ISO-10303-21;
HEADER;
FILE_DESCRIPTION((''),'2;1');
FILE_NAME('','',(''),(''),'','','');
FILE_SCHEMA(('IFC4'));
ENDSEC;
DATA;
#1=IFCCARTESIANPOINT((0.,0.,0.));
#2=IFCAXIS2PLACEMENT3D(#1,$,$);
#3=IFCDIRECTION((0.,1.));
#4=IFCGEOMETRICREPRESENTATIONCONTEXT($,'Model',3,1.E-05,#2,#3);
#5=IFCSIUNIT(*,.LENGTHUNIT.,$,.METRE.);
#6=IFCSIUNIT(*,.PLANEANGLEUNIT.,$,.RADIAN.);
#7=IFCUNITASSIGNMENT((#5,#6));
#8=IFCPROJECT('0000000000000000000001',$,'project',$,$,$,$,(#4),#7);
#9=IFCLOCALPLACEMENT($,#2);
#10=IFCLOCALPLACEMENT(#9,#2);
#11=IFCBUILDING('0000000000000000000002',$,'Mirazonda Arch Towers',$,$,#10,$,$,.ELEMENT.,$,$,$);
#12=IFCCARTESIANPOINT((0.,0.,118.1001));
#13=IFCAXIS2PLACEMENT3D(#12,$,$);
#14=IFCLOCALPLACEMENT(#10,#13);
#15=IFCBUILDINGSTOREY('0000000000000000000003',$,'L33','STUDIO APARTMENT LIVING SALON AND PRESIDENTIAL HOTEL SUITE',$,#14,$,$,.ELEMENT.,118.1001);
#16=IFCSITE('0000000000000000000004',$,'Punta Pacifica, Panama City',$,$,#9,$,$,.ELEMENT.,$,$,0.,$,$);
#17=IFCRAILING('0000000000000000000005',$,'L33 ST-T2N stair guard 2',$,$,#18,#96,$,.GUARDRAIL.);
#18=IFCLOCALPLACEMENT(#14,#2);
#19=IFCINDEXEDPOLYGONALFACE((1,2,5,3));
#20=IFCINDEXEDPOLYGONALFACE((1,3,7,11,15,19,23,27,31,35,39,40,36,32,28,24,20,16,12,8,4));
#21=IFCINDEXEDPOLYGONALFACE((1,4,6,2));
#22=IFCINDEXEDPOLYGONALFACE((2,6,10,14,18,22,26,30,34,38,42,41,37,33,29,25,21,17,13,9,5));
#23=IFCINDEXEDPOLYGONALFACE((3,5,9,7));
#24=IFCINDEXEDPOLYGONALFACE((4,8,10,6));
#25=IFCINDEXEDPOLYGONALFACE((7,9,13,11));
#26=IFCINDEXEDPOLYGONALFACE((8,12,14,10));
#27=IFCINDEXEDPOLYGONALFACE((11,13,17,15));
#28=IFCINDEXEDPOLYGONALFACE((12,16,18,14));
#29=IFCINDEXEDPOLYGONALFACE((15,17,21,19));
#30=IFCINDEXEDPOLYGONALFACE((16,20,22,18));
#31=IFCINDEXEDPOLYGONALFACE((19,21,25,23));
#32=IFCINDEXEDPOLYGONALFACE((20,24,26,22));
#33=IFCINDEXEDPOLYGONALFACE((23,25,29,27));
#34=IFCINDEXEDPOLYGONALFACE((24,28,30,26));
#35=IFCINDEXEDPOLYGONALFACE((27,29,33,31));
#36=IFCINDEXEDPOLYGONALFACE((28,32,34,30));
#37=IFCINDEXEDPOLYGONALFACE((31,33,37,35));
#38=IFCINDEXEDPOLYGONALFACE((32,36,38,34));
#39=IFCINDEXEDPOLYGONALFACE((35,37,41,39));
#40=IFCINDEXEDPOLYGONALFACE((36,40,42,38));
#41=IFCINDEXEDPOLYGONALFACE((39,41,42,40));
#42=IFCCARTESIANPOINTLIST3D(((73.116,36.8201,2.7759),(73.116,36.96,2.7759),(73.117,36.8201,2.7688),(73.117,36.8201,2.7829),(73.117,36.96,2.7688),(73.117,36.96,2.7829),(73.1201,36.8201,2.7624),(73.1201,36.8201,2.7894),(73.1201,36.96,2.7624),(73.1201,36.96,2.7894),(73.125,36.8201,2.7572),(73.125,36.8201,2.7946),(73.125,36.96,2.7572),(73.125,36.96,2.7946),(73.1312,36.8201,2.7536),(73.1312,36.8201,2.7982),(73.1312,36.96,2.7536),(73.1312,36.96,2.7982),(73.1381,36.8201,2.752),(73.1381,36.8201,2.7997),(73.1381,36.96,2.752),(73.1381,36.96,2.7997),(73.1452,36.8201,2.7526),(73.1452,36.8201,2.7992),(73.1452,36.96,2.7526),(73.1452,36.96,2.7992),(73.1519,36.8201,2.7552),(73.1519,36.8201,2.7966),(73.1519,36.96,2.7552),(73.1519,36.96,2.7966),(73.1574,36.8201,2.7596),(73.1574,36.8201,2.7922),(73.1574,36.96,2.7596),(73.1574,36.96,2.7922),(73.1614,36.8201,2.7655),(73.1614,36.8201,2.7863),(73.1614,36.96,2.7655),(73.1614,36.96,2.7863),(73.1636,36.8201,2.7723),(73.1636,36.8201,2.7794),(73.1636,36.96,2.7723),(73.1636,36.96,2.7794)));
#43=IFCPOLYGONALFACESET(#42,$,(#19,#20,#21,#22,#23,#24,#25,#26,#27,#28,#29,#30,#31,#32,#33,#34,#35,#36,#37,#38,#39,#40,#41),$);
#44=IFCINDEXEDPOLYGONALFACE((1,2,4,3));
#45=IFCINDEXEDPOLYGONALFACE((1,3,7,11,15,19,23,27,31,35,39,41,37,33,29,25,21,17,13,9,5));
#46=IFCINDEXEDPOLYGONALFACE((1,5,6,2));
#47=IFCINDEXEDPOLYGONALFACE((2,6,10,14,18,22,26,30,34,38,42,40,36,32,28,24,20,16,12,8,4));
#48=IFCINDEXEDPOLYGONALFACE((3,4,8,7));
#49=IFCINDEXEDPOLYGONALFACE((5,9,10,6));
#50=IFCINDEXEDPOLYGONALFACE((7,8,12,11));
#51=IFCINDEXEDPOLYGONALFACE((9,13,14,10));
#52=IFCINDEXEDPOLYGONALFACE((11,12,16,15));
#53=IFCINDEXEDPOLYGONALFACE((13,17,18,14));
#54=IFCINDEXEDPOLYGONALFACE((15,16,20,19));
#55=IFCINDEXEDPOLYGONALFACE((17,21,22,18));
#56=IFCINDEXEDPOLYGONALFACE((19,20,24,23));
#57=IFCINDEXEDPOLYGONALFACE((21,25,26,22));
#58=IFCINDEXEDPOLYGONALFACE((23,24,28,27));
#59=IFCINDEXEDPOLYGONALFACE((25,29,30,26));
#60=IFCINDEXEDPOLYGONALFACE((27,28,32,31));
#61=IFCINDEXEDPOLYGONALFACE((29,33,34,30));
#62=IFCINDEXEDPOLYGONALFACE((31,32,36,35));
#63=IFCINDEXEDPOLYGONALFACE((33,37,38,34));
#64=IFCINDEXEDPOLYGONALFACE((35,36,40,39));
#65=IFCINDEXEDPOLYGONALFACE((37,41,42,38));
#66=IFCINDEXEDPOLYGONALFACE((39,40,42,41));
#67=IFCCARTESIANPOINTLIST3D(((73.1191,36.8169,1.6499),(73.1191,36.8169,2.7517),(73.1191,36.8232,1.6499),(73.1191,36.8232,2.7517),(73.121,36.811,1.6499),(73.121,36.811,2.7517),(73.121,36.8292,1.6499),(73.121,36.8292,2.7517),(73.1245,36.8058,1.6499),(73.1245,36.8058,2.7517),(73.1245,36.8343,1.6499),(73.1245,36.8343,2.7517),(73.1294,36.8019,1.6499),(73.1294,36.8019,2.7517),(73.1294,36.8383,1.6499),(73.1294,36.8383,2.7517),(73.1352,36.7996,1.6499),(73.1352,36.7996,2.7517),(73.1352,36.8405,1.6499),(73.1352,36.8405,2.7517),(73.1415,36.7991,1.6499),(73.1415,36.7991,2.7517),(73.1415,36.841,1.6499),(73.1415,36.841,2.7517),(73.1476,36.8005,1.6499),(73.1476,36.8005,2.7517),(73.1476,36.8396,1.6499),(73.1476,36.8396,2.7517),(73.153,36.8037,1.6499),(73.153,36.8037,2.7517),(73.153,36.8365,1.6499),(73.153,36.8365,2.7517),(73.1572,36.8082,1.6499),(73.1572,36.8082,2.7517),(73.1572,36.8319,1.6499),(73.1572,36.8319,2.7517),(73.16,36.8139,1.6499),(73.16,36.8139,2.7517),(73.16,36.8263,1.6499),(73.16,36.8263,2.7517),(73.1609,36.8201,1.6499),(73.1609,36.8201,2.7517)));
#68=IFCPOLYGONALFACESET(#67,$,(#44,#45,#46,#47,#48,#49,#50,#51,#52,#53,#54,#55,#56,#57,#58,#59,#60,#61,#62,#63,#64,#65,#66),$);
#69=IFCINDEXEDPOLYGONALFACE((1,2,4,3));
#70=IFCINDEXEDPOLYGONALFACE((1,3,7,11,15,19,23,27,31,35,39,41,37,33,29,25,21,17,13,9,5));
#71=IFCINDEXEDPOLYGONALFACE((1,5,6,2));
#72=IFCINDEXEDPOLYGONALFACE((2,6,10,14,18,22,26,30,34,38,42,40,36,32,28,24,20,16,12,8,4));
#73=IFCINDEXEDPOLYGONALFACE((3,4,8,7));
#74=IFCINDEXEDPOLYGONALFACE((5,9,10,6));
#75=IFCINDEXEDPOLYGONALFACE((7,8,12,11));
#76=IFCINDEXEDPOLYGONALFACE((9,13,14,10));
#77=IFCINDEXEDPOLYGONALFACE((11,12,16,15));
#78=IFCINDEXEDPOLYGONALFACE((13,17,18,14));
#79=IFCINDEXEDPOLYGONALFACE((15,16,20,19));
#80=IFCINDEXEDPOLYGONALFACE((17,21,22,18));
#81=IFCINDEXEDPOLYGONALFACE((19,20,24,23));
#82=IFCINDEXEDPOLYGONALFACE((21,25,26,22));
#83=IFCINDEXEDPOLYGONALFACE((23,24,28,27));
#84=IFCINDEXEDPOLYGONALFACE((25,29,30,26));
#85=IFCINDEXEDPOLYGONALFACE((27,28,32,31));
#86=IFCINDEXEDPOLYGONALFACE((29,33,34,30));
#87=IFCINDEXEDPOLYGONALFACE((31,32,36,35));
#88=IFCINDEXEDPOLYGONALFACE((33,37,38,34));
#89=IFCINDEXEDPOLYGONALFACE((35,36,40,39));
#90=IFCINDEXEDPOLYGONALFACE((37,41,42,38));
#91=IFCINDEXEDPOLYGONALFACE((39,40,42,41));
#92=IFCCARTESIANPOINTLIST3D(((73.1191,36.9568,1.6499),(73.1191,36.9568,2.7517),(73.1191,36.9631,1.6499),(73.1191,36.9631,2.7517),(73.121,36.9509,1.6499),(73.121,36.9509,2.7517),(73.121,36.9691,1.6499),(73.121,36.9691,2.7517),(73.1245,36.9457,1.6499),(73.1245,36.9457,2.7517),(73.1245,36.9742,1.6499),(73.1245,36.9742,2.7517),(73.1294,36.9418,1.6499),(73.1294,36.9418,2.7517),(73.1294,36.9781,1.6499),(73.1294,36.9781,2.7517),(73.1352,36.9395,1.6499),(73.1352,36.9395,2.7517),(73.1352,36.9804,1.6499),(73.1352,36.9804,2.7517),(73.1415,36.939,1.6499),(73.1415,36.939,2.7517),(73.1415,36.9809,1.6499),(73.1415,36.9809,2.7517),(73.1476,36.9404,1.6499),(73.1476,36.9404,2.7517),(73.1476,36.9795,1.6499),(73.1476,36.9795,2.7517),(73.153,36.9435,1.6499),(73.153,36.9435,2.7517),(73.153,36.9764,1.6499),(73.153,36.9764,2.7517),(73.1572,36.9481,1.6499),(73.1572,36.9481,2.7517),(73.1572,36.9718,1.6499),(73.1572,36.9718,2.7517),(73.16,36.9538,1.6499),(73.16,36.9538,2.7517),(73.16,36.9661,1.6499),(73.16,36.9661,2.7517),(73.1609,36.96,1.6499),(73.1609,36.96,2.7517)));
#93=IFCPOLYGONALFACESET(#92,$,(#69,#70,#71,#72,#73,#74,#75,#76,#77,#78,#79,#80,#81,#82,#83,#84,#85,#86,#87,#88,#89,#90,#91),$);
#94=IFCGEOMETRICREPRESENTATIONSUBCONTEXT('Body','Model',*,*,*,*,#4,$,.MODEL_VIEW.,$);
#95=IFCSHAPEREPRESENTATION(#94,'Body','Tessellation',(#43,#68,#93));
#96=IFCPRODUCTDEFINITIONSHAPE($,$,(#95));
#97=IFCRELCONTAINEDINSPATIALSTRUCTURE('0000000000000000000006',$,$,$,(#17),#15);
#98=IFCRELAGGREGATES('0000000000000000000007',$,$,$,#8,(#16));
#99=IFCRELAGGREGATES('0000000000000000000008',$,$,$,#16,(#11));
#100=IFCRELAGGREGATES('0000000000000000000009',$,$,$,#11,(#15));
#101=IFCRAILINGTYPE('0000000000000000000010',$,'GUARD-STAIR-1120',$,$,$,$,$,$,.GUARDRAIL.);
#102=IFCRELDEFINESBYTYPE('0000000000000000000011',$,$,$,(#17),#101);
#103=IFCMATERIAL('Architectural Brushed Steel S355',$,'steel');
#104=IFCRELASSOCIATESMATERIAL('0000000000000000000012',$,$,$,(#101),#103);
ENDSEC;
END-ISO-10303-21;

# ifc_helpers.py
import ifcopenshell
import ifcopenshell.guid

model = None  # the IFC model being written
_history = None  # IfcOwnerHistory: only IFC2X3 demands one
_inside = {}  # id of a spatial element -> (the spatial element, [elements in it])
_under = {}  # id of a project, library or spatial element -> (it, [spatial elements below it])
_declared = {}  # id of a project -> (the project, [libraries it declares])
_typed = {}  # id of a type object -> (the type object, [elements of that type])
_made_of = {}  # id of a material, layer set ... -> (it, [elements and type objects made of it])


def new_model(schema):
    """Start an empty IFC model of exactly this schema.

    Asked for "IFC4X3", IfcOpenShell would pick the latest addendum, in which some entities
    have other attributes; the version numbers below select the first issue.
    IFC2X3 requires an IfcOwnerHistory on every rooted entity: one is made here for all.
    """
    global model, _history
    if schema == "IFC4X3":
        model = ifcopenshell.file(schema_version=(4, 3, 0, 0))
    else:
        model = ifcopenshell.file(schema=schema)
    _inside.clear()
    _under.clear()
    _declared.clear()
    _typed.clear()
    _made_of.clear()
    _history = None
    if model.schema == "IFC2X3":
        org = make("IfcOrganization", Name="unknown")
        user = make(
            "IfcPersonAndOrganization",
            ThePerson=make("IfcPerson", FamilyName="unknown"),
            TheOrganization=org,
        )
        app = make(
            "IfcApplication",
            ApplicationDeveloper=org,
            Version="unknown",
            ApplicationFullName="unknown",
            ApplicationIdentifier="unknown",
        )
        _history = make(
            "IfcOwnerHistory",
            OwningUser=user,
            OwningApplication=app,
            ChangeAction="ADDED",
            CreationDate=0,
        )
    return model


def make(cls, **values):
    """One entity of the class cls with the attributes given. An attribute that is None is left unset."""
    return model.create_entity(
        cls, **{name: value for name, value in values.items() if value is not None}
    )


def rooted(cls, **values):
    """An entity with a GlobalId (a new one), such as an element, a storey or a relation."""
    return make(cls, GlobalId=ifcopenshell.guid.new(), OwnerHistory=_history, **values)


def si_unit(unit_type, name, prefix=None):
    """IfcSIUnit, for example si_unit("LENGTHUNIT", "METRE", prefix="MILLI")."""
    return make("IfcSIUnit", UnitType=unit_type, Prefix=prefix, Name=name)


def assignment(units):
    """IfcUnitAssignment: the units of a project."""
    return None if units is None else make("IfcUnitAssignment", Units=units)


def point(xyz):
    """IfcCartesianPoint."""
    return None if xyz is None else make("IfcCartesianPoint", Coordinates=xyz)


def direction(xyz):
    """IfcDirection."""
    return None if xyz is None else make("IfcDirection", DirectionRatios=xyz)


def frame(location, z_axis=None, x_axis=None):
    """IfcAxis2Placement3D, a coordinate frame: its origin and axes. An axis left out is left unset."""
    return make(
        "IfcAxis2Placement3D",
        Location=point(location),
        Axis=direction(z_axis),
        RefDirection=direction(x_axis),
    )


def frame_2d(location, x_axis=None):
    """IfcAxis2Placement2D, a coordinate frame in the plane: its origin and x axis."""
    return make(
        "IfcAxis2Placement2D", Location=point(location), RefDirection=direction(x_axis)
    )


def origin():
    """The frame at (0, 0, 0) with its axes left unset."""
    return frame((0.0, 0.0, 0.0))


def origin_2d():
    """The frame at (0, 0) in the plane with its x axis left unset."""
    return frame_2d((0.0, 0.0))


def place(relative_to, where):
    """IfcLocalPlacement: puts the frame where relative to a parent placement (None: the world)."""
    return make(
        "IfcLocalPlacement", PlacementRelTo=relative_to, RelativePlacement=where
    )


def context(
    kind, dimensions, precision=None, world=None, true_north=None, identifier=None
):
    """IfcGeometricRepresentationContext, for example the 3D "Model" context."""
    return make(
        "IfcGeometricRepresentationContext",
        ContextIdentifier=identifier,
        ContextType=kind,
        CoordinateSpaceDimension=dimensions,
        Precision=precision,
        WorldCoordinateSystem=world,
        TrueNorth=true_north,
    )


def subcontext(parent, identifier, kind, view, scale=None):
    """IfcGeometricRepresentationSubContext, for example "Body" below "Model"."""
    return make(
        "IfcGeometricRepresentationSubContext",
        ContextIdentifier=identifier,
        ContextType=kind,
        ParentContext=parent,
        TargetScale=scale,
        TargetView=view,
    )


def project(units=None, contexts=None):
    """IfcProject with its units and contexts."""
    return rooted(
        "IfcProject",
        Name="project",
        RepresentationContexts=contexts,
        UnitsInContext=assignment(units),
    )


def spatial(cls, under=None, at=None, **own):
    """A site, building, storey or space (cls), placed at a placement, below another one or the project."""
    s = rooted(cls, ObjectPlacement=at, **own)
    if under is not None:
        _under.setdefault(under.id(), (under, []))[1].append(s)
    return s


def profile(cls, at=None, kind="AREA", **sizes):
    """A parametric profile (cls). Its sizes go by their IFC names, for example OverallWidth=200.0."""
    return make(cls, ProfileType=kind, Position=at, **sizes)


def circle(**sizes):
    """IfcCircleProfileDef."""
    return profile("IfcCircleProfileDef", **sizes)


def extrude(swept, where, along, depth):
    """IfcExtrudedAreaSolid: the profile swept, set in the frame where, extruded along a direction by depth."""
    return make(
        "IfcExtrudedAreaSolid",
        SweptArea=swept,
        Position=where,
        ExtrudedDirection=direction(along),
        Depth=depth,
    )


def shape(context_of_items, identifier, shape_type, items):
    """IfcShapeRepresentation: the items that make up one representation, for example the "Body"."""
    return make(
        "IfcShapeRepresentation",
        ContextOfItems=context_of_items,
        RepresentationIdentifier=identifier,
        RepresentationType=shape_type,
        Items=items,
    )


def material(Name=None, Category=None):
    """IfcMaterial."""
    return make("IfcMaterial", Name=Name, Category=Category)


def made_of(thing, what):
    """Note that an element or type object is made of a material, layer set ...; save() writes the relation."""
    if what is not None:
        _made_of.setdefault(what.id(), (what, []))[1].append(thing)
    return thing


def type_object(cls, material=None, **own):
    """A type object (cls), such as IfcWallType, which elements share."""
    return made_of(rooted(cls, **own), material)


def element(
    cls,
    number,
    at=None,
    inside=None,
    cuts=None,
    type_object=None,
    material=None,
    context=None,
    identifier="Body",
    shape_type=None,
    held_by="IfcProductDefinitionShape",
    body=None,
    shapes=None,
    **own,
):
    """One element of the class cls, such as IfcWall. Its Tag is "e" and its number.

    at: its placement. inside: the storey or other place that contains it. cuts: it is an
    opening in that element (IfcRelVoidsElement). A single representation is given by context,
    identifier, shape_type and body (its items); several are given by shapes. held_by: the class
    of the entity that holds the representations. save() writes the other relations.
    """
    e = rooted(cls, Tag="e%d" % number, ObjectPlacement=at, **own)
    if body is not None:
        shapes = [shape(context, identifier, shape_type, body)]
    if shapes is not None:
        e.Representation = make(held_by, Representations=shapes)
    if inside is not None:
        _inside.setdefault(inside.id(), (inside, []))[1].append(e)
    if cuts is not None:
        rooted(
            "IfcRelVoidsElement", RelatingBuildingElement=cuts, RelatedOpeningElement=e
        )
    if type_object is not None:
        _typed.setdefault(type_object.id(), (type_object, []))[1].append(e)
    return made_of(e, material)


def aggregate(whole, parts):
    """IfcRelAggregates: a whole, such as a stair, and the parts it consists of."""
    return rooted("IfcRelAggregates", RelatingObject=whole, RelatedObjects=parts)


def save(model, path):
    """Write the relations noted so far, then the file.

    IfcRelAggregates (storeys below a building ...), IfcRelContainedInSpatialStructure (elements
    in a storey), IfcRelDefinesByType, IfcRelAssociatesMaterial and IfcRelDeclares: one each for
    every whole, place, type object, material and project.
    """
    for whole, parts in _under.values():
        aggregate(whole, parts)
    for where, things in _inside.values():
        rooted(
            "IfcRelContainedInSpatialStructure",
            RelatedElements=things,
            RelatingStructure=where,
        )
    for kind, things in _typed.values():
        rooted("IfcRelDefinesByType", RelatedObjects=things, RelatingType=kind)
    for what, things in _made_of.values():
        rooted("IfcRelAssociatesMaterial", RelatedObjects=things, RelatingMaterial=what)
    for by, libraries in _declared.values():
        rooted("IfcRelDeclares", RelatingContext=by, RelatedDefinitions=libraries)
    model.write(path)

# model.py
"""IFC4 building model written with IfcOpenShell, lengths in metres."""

from ifc_helpers import new_model, si_unit, direction, frame, origin, origin_2d, place, context, subcontext, project, spatial, circle, extrude, material, type_object, element, save


model = new_model("IFC4")

# Units and contexts
model_context = context("Model", 3, precision=1e-05, world=origin(), true_north=direction((0.0, 1.0)))
body_context = subcontext(model_context, "Body", "Model", "MODEL_VIEW")
ifc_project = project(units=[si_unit("LENGTHUNIT", "METRE"), si_unit("PLANEANGLEUNIT", "RADIAN")], contexts=[model_context])

# Site, building, storey
site_placement = place(None, origin())
site = spatial("IfcSite", under=ifc_project, at=site_placement, Name="Punta Pacifica, Panama City", CompositionType="ELEMENT", RefElevation=0.0)
building_placement = place(site_placement, origin())
building = spatial("IfcBuilding", under=site, at=building_placement, Name="Mirazonda Arch Towers", CompositionType="ELEMENT")
storey_placement = place(building_placement, frame((0.0, 0.0, 118.1001)))
storey = spatial("IfcBuildingStorey", under=building, at=storey_placement, Name="L33", Description="STUDIO APARTMENT LIVING SALON AND PRESIDENTIAL HOTEL SUITE", CompositionType="ELEMENT", Elevation=118.1001)

# Shared definitions
ifc_material_1 = material(Name="Architectural Brushed Steel S355", Category="steel")

# Railing
railing_type_1 = type_object("IfcRailingType", Name="GUARD-STAIR-1120", PredefinedType="GUARDRAIL", material=ifc_material_1)
railing_1_placement = place(storey_placement, frame((73.1399, 36.8201, 1.6499)))
element("IfcRailing", 1, at=railing_1_placement, inside=storey, type_object=railing_type_1, Name="L33 ST-T2N stair guard 2", PredefinedType="GUARDRAIL", context=body_context, shape_type="SweptSolid", body=[
    extrude(circle(Radius=0.0239, at=origin_2d()), frame((0.0, 0.0, 1.126), z_axis=(0.0, 1.0, 0.0), x_axis=(-1.0, 0.0, 0.0)), (0.0, 0.0, 1.0), 0.1399),
    extrude(circle(Radius=0.021, at=origin_2d()), origin(), (0.0, 0.0, 1.0), 1.1018),
    extrude(circle(Radius=0.021, at=origin_2d()), frame((0.0, 0.1399, 0.0)), (0.0, 0.0, 1.0), 1.1018),
])

save(model, "model.ifc")
